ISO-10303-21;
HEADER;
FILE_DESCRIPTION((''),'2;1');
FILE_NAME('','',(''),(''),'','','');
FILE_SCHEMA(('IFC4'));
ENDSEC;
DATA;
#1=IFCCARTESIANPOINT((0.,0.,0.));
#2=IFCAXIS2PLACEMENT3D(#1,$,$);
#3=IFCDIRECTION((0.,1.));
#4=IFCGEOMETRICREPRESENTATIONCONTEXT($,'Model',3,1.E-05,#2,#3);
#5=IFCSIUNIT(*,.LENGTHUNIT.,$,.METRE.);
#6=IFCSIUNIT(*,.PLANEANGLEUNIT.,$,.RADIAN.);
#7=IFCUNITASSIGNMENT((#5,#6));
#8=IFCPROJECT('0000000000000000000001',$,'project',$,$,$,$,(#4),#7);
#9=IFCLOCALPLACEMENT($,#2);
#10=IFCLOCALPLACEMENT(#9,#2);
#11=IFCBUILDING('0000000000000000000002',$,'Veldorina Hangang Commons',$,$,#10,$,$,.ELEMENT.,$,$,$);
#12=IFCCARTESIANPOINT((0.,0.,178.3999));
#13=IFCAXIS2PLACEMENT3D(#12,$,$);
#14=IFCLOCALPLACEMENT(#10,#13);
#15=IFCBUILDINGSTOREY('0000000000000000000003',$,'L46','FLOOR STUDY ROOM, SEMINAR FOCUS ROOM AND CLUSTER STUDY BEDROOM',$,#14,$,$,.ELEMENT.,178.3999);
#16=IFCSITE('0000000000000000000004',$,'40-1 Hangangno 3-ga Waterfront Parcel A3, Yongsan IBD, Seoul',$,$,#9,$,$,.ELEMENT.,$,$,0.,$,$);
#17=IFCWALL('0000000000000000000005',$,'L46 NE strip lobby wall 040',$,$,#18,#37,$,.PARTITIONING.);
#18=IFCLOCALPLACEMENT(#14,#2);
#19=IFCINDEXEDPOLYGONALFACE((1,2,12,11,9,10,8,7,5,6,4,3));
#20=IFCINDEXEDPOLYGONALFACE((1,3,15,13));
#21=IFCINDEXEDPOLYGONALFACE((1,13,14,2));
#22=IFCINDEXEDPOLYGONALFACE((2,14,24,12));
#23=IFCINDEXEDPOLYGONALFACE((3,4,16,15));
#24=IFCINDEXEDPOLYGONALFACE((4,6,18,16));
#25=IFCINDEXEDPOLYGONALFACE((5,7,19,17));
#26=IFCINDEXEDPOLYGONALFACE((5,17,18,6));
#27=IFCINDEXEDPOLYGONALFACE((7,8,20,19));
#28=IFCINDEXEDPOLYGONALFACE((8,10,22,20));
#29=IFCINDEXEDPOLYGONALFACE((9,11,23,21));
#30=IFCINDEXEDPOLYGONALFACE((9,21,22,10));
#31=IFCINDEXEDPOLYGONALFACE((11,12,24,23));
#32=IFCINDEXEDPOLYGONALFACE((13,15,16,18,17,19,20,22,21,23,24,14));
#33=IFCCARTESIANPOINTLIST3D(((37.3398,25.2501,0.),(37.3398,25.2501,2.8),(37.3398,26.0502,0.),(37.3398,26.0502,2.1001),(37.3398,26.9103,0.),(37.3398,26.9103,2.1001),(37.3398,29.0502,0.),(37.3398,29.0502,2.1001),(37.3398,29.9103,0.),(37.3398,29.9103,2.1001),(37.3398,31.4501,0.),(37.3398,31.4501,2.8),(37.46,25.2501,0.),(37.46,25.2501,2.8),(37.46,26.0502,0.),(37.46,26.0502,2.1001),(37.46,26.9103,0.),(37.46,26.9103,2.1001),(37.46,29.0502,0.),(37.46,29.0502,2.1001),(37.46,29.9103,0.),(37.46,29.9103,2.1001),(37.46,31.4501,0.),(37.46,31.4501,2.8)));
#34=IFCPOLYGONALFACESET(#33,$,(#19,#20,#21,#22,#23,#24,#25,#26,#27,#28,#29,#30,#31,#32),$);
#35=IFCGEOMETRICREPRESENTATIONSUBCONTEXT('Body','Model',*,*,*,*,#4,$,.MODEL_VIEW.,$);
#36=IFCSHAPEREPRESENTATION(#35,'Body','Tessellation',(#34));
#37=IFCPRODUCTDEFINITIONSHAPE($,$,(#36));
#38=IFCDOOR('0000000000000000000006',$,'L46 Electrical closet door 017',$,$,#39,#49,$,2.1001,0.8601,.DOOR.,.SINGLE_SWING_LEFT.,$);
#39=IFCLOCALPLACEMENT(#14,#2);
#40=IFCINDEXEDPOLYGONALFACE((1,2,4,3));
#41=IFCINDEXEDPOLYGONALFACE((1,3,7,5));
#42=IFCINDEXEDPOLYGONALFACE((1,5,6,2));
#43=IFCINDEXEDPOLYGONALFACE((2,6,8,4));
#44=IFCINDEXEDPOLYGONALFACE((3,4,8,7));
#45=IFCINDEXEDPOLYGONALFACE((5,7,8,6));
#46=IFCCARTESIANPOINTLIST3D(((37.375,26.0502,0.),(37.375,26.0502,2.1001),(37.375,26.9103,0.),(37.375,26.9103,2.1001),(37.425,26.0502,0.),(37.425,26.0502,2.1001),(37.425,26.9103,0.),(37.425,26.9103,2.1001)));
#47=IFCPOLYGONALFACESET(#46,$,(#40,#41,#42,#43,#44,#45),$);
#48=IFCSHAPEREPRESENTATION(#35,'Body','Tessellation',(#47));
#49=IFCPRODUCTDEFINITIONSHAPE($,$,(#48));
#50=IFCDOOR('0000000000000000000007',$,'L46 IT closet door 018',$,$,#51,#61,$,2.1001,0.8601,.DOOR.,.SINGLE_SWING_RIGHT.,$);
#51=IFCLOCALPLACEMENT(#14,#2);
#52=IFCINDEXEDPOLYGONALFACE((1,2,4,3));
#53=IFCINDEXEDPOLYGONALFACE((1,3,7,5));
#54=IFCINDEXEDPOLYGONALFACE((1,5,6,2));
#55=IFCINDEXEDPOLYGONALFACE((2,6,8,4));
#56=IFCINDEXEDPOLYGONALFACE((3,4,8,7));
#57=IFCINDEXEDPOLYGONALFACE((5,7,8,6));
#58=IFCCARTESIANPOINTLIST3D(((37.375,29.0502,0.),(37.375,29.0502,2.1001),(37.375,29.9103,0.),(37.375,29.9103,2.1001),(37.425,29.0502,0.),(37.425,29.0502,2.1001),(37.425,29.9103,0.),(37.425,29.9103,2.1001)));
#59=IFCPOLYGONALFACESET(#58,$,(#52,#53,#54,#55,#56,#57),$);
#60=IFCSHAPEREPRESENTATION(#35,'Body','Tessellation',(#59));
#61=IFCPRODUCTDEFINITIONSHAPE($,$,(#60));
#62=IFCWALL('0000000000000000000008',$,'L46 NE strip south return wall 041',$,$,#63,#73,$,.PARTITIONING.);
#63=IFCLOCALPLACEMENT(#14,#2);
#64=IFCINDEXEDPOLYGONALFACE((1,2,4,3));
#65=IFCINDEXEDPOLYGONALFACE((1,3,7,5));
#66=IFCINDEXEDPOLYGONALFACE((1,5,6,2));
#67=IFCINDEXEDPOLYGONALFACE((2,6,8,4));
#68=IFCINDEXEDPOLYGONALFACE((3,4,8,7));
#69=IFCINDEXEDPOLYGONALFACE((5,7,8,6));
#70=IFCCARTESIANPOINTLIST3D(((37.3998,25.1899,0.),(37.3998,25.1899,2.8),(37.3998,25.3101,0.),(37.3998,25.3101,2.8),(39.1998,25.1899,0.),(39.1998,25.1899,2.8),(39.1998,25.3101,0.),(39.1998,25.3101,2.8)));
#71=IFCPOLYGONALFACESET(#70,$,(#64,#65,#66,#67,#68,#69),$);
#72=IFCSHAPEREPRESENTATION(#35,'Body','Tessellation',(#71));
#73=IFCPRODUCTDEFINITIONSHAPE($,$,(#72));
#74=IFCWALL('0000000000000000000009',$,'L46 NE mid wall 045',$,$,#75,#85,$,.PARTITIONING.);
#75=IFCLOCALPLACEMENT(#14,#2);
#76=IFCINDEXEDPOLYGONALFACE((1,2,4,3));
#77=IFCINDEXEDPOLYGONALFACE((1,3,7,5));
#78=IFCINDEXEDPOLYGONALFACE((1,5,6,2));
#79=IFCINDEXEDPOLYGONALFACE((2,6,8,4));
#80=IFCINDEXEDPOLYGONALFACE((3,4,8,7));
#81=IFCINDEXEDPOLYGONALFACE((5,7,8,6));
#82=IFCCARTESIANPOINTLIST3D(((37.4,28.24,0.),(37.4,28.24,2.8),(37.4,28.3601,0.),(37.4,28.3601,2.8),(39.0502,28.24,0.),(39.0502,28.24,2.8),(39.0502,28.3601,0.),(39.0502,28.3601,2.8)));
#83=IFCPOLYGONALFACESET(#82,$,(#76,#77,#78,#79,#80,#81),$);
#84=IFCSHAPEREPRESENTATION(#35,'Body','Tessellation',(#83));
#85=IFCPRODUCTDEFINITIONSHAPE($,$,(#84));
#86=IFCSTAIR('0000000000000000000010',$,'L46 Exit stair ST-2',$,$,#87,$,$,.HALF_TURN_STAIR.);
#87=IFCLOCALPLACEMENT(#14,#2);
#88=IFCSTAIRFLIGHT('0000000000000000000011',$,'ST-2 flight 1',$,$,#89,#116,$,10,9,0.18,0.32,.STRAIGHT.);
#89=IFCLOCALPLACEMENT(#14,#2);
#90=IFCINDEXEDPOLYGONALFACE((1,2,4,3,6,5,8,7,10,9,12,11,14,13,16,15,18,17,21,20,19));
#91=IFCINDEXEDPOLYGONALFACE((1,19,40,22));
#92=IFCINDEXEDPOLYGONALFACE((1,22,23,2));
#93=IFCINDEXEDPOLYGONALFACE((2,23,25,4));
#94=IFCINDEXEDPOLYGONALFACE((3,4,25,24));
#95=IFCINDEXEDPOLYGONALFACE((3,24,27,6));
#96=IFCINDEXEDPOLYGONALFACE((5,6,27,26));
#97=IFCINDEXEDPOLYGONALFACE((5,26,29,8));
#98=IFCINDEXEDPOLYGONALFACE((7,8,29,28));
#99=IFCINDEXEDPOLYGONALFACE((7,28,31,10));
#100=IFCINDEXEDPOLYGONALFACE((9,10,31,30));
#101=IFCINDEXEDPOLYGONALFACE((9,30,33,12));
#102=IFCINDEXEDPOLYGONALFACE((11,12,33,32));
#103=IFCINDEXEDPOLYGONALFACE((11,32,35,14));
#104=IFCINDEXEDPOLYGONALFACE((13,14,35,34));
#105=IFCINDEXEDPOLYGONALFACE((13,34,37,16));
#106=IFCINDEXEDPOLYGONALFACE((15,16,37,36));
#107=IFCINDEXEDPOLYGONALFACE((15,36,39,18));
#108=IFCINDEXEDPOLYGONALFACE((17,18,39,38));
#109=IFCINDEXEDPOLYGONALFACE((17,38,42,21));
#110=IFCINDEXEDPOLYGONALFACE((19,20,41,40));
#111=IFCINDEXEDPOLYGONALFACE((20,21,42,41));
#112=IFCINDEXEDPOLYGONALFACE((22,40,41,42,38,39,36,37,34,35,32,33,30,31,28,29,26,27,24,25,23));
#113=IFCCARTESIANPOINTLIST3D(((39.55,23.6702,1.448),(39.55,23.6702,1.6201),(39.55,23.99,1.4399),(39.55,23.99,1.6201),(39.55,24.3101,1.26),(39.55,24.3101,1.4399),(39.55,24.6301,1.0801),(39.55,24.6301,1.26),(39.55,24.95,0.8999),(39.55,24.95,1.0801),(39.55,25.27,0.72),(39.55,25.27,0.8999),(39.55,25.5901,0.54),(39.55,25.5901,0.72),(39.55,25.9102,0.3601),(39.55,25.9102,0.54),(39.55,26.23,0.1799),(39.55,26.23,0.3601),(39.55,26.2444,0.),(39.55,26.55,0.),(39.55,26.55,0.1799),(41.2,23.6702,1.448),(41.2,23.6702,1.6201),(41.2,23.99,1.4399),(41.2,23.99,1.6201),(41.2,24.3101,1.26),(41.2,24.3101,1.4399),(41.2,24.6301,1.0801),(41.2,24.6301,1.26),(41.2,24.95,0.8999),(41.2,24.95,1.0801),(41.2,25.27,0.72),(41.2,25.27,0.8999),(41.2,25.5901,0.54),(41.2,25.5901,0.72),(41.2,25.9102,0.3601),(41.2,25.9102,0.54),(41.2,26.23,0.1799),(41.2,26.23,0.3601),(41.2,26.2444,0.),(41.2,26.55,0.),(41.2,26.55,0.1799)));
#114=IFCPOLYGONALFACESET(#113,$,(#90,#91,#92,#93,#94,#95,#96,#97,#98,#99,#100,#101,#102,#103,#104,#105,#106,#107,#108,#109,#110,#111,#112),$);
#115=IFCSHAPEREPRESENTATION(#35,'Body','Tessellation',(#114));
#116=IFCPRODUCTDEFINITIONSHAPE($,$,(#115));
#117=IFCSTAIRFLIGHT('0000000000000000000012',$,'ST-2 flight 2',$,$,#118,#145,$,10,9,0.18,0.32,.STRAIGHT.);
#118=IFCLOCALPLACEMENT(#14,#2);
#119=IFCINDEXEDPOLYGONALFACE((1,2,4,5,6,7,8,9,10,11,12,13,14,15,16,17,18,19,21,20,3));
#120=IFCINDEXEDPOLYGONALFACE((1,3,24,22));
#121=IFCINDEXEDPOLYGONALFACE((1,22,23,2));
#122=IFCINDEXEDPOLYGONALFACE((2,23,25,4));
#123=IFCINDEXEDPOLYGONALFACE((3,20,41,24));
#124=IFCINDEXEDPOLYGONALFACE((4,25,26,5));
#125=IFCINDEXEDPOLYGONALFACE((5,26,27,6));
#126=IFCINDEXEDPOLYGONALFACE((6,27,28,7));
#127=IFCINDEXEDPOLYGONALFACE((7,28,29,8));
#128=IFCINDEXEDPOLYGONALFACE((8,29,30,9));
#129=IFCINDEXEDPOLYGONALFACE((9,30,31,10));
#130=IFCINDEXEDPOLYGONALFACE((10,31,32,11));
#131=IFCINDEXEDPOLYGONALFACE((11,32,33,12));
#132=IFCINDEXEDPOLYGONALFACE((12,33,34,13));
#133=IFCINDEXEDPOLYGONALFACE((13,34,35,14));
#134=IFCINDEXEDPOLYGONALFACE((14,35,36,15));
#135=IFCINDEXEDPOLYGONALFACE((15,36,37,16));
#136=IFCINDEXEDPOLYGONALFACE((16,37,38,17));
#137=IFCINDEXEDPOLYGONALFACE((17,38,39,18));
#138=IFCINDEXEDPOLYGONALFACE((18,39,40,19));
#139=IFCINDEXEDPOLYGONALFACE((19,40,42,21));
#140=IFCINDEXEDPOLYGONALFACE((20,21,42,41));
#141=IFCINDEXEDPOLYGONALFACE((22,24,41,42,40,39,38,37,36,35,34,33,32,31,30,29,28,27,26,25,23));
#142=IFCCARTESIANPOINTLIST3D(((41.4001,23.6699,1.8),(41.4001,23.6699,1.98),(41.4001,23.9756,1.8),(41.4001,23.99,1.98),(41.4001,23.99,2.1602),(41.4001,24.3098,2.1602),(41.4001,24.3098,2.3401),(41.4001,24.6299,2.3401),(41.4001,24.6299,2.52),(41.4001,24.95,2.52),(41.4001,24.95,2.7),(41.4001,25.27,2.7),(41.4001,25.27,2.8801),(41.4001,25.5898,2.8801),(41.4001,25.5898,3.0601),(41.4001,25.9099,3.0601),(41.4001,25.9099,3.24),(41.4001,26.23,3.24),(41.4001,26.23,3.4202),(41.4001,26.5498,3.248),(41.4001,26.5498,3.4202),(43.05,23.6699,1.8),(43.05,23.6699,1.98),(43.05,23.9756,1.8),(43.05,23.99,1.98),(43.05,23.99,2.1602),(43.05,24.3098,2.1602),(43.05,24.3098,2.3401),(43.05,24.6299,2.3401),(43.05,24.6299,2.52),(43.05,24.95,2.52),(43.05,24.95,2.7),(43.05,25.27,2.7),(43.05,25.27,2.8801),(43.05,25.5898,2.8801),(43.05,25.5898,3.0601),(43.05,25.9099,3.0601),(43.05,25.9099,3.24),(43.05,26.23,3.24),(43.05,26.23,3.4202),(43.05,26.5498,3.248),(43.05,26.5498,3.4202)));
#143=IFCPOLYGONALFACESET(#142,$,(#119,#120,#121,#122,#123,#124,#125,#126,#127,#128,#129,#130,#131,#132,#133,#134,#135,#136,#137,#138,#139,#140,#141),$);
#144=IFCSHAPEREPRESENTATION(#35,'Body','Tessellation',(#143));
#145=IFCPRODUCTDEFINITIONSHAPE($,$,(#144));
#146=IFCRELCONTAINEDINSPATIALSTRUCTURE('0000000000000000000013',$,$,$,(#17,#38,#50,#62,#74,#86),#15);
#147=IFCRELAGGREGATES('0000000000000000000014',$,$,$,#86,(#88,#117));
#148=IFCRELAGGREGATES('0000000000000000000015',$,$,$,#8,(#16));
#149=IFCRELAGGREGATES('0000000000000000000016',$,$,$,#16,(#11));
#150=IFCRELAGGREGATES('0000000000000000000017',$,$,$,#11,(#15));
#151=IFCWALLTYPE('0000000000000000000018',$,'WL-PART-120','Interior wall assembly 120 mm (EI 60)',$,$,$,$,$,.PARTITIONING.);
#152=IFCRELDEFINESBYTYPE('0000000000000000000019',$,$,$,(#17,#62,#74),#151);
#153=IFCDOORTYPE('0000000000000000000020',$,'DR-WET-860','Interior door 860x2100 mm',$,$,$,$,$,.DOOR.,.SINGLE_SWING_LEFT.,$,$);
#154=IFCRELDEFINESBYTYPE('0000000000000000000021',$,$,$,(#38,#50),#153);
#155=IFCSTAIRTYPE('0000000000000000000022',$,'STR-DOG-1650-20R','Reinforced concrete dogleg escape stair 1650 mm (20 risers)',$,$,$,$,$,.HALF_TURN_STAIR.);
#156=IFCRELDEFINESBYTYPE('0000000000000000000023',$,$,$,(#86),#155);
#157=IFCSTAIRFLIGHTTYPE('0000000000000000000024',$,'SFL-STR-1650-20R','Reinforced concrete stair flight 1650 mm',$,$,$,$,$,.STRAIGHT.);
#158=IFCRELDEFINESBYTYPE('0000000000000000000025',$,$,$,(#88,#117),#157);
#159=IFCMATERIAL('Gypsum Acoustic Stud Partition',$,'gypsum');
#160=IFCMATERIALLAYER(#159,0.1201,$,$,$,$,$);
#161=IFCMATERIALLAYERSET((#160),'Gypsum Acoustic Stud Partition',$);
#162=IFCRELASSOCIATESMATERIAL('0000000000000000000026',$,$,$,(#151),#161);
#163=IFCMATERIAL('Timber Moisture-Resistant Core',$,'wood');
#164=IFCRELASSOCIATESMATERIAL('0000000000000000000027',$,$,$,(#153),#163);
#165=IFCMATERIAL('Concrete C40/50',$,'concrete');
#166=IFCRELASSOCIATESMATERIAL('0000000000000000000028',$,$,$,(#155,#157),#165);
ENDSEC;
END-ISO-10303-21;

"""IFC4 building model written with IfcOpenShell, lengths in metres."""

from ifc_helpers import new_model, si_unit, direction, frame, frame_2d, origin, place, context, subcontext, project, spatial, polyline, rectangle, outline, extrude, material, layer, layer_set, type_object, element, fill, aggregate, save


model = new_model("IFC4")

# Units and contexts
model_context = context("Model", 3, precision=1e-05, world=origin(), true_north=direction((0.0, 1.0)))
body_context = subcontext(model_context, "Body", "Model", "MODEL_VIEW")
ifc_project = project(units=[si_unit("LENGTHUNIT", "METRE"), si_unit("PLANEANGLEUNIT", "RADIAN")], contexts=[model_context])

# Site, building, storey
site_placement = place(None, origin())
site = spatial("IfcSite", under=ifc_project, at=site_placement, Name="40-1 Hangangno 3-ga Waterfront Parcel A3, Yongsan IBD, Seoul", CompositionType="ELEMENT", RefElevation=0.0)
building_placement = place(site_placement, origin())
building = spatial("IfcBuilding", under=site, at=building_placement, Name="Veldorina Hangang Commons", CompositionType="ELEMENT")
storey_placement = place(building_placement, frame((0.0, 0.0, 178.3999)))
storey = spatial("IfcBuildingStorey", under=building, at=storey_placement, Name="L46", Description="FLOOR STUDY ROOM, SEMINAR FOCUS ROOM AND CLUSTER STUDY BEDROOM", CompositionType="ELEMENT", Elevation=178.3999)

# Shared definitions
ifc_material_1 = material(Name="Gypsum Acoustic Stud Partition", Category="gypsum")
ifc_layer_1 = layer(ifc_material_1, 0.1201)
ifc_layer_set_1 = layer_set([ifc_layer_1], Name="Gypsum Acoustic Stud Partition")
wall_type_1 = type_object("IfcWallType", Name="WL-PART-120", Description="Interior wall assembly 120 mm (EI 60)", PredefinedType="PARTITIONING", material=ifc_layer_set_1)

# Wall, openings, doors
wall_1_placement = place(storey_placement, frame((37.3999, 25.25, 0.0), z_axis=(0.0, 0.0, 1.0), x_axis=(0.0, 1.0, 0.0)))
wall_1 = element("IfcWall", 1, at=wall_1_placement, inside=storey, type_object=wall_type_1, Name="L46 NE strip lobby wall 040", PredefinedType="PARTITIONING", context=body_context, shape_type="SweptSolid", body=[
    extrude(rectangle(XDim=6.2, YDim=0.1201, at=frame_2d((3.1001, 0.0))), origin(), (0.0, 0.0, 1.0), 2.8),
])
opening_1_placement = place(wall_1_placement, frame((0.8, 0.0, 0.0)))
opening_1 = element("IfcOpeningElement", 2, at=opening_1_placement, cuts=wall_1, PredefinedType="OPENING", context=body_context, shape_type="SweptSolid", body=[
    extrude(rectangle(XDim=0.8601, YDim=2.1001, at=frame_2d((0.4302, 1.05))), frame((0.0, 0.0701, 0.0), z_axis=(0.0, -1.0, 0.0), x_axis=(1.0, 0.0, 0.0)), (0.0, 0.0, 1.0), 0.1401),
])
opening_2_placement = place(wall_1_placement, frame((3.8, 0.0, 0.0)))
opening_2 = element("IfcOpeningElement", 3, at=opening_2_placement, cuts=wall_1, PredefinedType="OPENING", context=body_context, shape_type="SweptSolid", body=[
    extrude(rectangle(XDim=0.8601, YDim=2.1001, at=frame_2d((0.4302, 1.05))), frame((0.0, 0.0701, 0.0), z_axis=(0.0, -1.0, 0.0), x_axis=(1.0, 0.0, 0.0)), (0.0, 0.0, 1.0), 0.1401),
])
ifc_material_2 = material(Name="Timber Moisture-Resistant Core", Category="wood")
door_type_1 = type_object("IfcDoorType", Name="DR-WET-860", Description="Interior door 860x2100 mm", OperationType="SINGLE_SWING_LEFT", PredefinedType="DOOR", material=ifc_material_2)
door_1_placement = place(opening_1_placement, origin())
door_1 = element("IfcDoor", 4, at=door_1_placement, inside=storey, type_object=door_type_1, Name="L46 Electrical closet door 017", OperationType="SINGLE_SWING_LEFT", OverallHeight=2.1001, OverallWidth=0.8601, PredefinedType="DOOR", context=body_context, shape_type="SweptSolid", body=[
    extrude(rectangle(XDim=0.8601, YDim=2.1001, at=frame_2d((0.4302, 1.05))), frame((0.0, 0.0249, 0.0), z_axis=(0.0, -1.0, 0.0), x_axis=(1.0, 0.0, 0.0)), (0.0, 0.0, 1.0), 0.05),
])
fill(opening_1, door_1)
door_2_placement = place(opening_2_placement, origin())
door_2 = element("IfcDoor", 5, at=door_2_placement, inside=storey, type_object=door_type_1, Name="L46 IT closet door 018", OperationType="SINGLE_SWING_RIGHT", OverallHeight=2.1001, OverallWidth=0.8601, PredefinedType="DOOR", context=body_context, shape_type="SweptSolid", body=[
    extrude(rectangle(XDim=0.8601, YDim=2.1001, at=frame_2d((0.4302, 1.05))), frame((0.0, 0.0249, 0.0), z_axis=(0.0, -1.0, 0.0), x_axis=(1.0, 0.0, 0.0)), (0.0, 0.0, 1.0), 0.05),
])
fill(opening_2, door_2)

# Walls
wall_2_placement = place(storey_placement, frame((37.3999, 25.25, 0.0), z_axis=(0.0, 0.0, 1.0), x_axis=(1.0, 0.0, 0.0)))
element("IfcWall", 6, at=wall_2_placement, inside=storey, type_object=wall_type_1, Name="L46 NE strip south return wall 041", PredefinedType="PARTITIONING", context=body_context, shape_type="SweptSolid", body=[
    extrude(rectangle(XDim=1.8, YDim=0.1201, at=frame_2d((0.8999, 0.0))), origin(), (0.0, 0.0, 1.0), 2.8),
])
wall_3_placement = place(storey_placement, frame((37.3999, 28.3, 0.0), z_axis=(0.0, 0.0, 1.0), x_axis=(1.0, 0.0, 0.0)))
element("IfcWall", 7, at=wall_3_placement, inside=storey, type_object=wall_type_1, Name="L46 NE mid wall 045", PredefinedType="PARTITIONING", context=body_context, shape_type="SweptSolid", body=[
    extrude(rectangle(XDim=1.6501, YDim=0.1201, at=frame_2d((0.8252, 0.0))), origin(), (0.0, 0.0, 1.0), 2.8),
])

# Stair, stair flights
ifc_material_3 = material(Name="Concrete C40/50", Category="concrete")
stair_type = type_object("IfcStairType", Name="STR-DOG-1650-20R", Description="Reinforced concrete dogleg escape stair 1650 mm (20 risers)", PredefinedType="HALF_TURN_STAIR", material=ifc_material_3)
stair_placement = place(storey_placement, origin())
stair = element("IfcStair", 8, at=stair_placement, inside=storey, type_object=stair_type, Name="L46 Exit stair ST-2", PredefinedType="HALF_TURN_STAIR")
stair_flight_type = type_object("IfcStairFlightType", Name="SFL-STR-1650-20R", Description="Reinforced concrete stair flight 1650 mm", PredefinedType="STRAIGHT", material=ifc_material_3)
stair_flight_1_placement = place(storey_placement, frame((40.375, 26.55, 0.0), z_axis=(0.0, 0.0, 1.0), x_axis=(0.0, -1.0, 0.0)))
stair_flight_1 = element("IfcStairFlight", 9, at=stair_flight_1_placement, type_object=stair_flight_type, Name="ST-2 flight 1", NumberOfRisers=10, NumberOfTreads=9, PredefinedType="STRAIGHT", RiserHeight=0.18, TreadLength=0.32, context=body_context, shape_type="SweptSolid", body=[
    extrude(outline(polyline([(0.0, 0.0), (0.0, 0.1799), (0.3201, 0.1799), (0.3201, 0.3601), (0.6399, 0.3601), (0.6399, 0.54), (0.96, 0.54), (0.96, 0.72), (1.28, 0.72), (1.28, 0.8999), (1.6001, 0.8999), (1.6001, 1.0801), (1.9199, 1.0801), (1.9199, 1.26), (2.24, 1.26), (2.24, 1.4399), (2.5601, 1.4399), (2.5601, 1.6201), (2.8799, 1.6201), (2.8799, 1.8), (2.8799, 1.448), (0.3057, 0.0), (0.0, 0.0)])), frame((0.0, 0.825, 0.0), z_axis=(0.0, -1.0, 0.0), x_axis=(1.0, 0.0, 0.0)), (0.0, 0.0, 1.0), 1.6499),
])
stair_flight_2_placement = place(storey_placement, frame((42.2251, 23.6699, 1.8), z_axis=(0.0, 0.0, 1.0), x_axis=(0.0, 1.0, 0.0)))
stair_flight_2 = element("IfcStairFlight", 10, at=stair_flight_2_placement, type_object=stair_flight_type, Name="ST-2 flight 2", NumberOfRisers=10, NumberOfTreads=9, PredefinedType="STRAIGHT", RiserHeight=0.18, TreadLength=0.32, context=body_context, shape_type="SweptSolid", body=[
    extrude(outline(polyline([(0.0, 0.0), (0.0, 0.1799), (0.3201, 0.1799), (0.3201, 0.3601), (0.6399, 0.3601), (0.6399, 0.54), (0.96, 0.54), (0.96, 0.72), (1.28, 0.72), (1.28, 0.8999), (1.6001, 0.8999), (1.6001, 1.0801), (1.9199, 1.0801), (1.9199, 1.26), (2.24, 1.26), (2.24, 1.4399), (2.5601, 1.4399), (2.5601, 1.6201), (2.8799, 1.6201), (2.8799, 1.8), (2.8799, 1.448), (0.3057, 0.0), (0.0, 0.0)])), frame((0.0, 0.825, 0.0), z_axis=(0.0, -1.0, 0.0), x_axis=(1.0, 0.0, 0.0)), (0.0, 0.0, 1.0), 1.6499),
])
aggregate(stair, [stair_flight_1, stair_flight_2])

save(model, "model.ifc")
